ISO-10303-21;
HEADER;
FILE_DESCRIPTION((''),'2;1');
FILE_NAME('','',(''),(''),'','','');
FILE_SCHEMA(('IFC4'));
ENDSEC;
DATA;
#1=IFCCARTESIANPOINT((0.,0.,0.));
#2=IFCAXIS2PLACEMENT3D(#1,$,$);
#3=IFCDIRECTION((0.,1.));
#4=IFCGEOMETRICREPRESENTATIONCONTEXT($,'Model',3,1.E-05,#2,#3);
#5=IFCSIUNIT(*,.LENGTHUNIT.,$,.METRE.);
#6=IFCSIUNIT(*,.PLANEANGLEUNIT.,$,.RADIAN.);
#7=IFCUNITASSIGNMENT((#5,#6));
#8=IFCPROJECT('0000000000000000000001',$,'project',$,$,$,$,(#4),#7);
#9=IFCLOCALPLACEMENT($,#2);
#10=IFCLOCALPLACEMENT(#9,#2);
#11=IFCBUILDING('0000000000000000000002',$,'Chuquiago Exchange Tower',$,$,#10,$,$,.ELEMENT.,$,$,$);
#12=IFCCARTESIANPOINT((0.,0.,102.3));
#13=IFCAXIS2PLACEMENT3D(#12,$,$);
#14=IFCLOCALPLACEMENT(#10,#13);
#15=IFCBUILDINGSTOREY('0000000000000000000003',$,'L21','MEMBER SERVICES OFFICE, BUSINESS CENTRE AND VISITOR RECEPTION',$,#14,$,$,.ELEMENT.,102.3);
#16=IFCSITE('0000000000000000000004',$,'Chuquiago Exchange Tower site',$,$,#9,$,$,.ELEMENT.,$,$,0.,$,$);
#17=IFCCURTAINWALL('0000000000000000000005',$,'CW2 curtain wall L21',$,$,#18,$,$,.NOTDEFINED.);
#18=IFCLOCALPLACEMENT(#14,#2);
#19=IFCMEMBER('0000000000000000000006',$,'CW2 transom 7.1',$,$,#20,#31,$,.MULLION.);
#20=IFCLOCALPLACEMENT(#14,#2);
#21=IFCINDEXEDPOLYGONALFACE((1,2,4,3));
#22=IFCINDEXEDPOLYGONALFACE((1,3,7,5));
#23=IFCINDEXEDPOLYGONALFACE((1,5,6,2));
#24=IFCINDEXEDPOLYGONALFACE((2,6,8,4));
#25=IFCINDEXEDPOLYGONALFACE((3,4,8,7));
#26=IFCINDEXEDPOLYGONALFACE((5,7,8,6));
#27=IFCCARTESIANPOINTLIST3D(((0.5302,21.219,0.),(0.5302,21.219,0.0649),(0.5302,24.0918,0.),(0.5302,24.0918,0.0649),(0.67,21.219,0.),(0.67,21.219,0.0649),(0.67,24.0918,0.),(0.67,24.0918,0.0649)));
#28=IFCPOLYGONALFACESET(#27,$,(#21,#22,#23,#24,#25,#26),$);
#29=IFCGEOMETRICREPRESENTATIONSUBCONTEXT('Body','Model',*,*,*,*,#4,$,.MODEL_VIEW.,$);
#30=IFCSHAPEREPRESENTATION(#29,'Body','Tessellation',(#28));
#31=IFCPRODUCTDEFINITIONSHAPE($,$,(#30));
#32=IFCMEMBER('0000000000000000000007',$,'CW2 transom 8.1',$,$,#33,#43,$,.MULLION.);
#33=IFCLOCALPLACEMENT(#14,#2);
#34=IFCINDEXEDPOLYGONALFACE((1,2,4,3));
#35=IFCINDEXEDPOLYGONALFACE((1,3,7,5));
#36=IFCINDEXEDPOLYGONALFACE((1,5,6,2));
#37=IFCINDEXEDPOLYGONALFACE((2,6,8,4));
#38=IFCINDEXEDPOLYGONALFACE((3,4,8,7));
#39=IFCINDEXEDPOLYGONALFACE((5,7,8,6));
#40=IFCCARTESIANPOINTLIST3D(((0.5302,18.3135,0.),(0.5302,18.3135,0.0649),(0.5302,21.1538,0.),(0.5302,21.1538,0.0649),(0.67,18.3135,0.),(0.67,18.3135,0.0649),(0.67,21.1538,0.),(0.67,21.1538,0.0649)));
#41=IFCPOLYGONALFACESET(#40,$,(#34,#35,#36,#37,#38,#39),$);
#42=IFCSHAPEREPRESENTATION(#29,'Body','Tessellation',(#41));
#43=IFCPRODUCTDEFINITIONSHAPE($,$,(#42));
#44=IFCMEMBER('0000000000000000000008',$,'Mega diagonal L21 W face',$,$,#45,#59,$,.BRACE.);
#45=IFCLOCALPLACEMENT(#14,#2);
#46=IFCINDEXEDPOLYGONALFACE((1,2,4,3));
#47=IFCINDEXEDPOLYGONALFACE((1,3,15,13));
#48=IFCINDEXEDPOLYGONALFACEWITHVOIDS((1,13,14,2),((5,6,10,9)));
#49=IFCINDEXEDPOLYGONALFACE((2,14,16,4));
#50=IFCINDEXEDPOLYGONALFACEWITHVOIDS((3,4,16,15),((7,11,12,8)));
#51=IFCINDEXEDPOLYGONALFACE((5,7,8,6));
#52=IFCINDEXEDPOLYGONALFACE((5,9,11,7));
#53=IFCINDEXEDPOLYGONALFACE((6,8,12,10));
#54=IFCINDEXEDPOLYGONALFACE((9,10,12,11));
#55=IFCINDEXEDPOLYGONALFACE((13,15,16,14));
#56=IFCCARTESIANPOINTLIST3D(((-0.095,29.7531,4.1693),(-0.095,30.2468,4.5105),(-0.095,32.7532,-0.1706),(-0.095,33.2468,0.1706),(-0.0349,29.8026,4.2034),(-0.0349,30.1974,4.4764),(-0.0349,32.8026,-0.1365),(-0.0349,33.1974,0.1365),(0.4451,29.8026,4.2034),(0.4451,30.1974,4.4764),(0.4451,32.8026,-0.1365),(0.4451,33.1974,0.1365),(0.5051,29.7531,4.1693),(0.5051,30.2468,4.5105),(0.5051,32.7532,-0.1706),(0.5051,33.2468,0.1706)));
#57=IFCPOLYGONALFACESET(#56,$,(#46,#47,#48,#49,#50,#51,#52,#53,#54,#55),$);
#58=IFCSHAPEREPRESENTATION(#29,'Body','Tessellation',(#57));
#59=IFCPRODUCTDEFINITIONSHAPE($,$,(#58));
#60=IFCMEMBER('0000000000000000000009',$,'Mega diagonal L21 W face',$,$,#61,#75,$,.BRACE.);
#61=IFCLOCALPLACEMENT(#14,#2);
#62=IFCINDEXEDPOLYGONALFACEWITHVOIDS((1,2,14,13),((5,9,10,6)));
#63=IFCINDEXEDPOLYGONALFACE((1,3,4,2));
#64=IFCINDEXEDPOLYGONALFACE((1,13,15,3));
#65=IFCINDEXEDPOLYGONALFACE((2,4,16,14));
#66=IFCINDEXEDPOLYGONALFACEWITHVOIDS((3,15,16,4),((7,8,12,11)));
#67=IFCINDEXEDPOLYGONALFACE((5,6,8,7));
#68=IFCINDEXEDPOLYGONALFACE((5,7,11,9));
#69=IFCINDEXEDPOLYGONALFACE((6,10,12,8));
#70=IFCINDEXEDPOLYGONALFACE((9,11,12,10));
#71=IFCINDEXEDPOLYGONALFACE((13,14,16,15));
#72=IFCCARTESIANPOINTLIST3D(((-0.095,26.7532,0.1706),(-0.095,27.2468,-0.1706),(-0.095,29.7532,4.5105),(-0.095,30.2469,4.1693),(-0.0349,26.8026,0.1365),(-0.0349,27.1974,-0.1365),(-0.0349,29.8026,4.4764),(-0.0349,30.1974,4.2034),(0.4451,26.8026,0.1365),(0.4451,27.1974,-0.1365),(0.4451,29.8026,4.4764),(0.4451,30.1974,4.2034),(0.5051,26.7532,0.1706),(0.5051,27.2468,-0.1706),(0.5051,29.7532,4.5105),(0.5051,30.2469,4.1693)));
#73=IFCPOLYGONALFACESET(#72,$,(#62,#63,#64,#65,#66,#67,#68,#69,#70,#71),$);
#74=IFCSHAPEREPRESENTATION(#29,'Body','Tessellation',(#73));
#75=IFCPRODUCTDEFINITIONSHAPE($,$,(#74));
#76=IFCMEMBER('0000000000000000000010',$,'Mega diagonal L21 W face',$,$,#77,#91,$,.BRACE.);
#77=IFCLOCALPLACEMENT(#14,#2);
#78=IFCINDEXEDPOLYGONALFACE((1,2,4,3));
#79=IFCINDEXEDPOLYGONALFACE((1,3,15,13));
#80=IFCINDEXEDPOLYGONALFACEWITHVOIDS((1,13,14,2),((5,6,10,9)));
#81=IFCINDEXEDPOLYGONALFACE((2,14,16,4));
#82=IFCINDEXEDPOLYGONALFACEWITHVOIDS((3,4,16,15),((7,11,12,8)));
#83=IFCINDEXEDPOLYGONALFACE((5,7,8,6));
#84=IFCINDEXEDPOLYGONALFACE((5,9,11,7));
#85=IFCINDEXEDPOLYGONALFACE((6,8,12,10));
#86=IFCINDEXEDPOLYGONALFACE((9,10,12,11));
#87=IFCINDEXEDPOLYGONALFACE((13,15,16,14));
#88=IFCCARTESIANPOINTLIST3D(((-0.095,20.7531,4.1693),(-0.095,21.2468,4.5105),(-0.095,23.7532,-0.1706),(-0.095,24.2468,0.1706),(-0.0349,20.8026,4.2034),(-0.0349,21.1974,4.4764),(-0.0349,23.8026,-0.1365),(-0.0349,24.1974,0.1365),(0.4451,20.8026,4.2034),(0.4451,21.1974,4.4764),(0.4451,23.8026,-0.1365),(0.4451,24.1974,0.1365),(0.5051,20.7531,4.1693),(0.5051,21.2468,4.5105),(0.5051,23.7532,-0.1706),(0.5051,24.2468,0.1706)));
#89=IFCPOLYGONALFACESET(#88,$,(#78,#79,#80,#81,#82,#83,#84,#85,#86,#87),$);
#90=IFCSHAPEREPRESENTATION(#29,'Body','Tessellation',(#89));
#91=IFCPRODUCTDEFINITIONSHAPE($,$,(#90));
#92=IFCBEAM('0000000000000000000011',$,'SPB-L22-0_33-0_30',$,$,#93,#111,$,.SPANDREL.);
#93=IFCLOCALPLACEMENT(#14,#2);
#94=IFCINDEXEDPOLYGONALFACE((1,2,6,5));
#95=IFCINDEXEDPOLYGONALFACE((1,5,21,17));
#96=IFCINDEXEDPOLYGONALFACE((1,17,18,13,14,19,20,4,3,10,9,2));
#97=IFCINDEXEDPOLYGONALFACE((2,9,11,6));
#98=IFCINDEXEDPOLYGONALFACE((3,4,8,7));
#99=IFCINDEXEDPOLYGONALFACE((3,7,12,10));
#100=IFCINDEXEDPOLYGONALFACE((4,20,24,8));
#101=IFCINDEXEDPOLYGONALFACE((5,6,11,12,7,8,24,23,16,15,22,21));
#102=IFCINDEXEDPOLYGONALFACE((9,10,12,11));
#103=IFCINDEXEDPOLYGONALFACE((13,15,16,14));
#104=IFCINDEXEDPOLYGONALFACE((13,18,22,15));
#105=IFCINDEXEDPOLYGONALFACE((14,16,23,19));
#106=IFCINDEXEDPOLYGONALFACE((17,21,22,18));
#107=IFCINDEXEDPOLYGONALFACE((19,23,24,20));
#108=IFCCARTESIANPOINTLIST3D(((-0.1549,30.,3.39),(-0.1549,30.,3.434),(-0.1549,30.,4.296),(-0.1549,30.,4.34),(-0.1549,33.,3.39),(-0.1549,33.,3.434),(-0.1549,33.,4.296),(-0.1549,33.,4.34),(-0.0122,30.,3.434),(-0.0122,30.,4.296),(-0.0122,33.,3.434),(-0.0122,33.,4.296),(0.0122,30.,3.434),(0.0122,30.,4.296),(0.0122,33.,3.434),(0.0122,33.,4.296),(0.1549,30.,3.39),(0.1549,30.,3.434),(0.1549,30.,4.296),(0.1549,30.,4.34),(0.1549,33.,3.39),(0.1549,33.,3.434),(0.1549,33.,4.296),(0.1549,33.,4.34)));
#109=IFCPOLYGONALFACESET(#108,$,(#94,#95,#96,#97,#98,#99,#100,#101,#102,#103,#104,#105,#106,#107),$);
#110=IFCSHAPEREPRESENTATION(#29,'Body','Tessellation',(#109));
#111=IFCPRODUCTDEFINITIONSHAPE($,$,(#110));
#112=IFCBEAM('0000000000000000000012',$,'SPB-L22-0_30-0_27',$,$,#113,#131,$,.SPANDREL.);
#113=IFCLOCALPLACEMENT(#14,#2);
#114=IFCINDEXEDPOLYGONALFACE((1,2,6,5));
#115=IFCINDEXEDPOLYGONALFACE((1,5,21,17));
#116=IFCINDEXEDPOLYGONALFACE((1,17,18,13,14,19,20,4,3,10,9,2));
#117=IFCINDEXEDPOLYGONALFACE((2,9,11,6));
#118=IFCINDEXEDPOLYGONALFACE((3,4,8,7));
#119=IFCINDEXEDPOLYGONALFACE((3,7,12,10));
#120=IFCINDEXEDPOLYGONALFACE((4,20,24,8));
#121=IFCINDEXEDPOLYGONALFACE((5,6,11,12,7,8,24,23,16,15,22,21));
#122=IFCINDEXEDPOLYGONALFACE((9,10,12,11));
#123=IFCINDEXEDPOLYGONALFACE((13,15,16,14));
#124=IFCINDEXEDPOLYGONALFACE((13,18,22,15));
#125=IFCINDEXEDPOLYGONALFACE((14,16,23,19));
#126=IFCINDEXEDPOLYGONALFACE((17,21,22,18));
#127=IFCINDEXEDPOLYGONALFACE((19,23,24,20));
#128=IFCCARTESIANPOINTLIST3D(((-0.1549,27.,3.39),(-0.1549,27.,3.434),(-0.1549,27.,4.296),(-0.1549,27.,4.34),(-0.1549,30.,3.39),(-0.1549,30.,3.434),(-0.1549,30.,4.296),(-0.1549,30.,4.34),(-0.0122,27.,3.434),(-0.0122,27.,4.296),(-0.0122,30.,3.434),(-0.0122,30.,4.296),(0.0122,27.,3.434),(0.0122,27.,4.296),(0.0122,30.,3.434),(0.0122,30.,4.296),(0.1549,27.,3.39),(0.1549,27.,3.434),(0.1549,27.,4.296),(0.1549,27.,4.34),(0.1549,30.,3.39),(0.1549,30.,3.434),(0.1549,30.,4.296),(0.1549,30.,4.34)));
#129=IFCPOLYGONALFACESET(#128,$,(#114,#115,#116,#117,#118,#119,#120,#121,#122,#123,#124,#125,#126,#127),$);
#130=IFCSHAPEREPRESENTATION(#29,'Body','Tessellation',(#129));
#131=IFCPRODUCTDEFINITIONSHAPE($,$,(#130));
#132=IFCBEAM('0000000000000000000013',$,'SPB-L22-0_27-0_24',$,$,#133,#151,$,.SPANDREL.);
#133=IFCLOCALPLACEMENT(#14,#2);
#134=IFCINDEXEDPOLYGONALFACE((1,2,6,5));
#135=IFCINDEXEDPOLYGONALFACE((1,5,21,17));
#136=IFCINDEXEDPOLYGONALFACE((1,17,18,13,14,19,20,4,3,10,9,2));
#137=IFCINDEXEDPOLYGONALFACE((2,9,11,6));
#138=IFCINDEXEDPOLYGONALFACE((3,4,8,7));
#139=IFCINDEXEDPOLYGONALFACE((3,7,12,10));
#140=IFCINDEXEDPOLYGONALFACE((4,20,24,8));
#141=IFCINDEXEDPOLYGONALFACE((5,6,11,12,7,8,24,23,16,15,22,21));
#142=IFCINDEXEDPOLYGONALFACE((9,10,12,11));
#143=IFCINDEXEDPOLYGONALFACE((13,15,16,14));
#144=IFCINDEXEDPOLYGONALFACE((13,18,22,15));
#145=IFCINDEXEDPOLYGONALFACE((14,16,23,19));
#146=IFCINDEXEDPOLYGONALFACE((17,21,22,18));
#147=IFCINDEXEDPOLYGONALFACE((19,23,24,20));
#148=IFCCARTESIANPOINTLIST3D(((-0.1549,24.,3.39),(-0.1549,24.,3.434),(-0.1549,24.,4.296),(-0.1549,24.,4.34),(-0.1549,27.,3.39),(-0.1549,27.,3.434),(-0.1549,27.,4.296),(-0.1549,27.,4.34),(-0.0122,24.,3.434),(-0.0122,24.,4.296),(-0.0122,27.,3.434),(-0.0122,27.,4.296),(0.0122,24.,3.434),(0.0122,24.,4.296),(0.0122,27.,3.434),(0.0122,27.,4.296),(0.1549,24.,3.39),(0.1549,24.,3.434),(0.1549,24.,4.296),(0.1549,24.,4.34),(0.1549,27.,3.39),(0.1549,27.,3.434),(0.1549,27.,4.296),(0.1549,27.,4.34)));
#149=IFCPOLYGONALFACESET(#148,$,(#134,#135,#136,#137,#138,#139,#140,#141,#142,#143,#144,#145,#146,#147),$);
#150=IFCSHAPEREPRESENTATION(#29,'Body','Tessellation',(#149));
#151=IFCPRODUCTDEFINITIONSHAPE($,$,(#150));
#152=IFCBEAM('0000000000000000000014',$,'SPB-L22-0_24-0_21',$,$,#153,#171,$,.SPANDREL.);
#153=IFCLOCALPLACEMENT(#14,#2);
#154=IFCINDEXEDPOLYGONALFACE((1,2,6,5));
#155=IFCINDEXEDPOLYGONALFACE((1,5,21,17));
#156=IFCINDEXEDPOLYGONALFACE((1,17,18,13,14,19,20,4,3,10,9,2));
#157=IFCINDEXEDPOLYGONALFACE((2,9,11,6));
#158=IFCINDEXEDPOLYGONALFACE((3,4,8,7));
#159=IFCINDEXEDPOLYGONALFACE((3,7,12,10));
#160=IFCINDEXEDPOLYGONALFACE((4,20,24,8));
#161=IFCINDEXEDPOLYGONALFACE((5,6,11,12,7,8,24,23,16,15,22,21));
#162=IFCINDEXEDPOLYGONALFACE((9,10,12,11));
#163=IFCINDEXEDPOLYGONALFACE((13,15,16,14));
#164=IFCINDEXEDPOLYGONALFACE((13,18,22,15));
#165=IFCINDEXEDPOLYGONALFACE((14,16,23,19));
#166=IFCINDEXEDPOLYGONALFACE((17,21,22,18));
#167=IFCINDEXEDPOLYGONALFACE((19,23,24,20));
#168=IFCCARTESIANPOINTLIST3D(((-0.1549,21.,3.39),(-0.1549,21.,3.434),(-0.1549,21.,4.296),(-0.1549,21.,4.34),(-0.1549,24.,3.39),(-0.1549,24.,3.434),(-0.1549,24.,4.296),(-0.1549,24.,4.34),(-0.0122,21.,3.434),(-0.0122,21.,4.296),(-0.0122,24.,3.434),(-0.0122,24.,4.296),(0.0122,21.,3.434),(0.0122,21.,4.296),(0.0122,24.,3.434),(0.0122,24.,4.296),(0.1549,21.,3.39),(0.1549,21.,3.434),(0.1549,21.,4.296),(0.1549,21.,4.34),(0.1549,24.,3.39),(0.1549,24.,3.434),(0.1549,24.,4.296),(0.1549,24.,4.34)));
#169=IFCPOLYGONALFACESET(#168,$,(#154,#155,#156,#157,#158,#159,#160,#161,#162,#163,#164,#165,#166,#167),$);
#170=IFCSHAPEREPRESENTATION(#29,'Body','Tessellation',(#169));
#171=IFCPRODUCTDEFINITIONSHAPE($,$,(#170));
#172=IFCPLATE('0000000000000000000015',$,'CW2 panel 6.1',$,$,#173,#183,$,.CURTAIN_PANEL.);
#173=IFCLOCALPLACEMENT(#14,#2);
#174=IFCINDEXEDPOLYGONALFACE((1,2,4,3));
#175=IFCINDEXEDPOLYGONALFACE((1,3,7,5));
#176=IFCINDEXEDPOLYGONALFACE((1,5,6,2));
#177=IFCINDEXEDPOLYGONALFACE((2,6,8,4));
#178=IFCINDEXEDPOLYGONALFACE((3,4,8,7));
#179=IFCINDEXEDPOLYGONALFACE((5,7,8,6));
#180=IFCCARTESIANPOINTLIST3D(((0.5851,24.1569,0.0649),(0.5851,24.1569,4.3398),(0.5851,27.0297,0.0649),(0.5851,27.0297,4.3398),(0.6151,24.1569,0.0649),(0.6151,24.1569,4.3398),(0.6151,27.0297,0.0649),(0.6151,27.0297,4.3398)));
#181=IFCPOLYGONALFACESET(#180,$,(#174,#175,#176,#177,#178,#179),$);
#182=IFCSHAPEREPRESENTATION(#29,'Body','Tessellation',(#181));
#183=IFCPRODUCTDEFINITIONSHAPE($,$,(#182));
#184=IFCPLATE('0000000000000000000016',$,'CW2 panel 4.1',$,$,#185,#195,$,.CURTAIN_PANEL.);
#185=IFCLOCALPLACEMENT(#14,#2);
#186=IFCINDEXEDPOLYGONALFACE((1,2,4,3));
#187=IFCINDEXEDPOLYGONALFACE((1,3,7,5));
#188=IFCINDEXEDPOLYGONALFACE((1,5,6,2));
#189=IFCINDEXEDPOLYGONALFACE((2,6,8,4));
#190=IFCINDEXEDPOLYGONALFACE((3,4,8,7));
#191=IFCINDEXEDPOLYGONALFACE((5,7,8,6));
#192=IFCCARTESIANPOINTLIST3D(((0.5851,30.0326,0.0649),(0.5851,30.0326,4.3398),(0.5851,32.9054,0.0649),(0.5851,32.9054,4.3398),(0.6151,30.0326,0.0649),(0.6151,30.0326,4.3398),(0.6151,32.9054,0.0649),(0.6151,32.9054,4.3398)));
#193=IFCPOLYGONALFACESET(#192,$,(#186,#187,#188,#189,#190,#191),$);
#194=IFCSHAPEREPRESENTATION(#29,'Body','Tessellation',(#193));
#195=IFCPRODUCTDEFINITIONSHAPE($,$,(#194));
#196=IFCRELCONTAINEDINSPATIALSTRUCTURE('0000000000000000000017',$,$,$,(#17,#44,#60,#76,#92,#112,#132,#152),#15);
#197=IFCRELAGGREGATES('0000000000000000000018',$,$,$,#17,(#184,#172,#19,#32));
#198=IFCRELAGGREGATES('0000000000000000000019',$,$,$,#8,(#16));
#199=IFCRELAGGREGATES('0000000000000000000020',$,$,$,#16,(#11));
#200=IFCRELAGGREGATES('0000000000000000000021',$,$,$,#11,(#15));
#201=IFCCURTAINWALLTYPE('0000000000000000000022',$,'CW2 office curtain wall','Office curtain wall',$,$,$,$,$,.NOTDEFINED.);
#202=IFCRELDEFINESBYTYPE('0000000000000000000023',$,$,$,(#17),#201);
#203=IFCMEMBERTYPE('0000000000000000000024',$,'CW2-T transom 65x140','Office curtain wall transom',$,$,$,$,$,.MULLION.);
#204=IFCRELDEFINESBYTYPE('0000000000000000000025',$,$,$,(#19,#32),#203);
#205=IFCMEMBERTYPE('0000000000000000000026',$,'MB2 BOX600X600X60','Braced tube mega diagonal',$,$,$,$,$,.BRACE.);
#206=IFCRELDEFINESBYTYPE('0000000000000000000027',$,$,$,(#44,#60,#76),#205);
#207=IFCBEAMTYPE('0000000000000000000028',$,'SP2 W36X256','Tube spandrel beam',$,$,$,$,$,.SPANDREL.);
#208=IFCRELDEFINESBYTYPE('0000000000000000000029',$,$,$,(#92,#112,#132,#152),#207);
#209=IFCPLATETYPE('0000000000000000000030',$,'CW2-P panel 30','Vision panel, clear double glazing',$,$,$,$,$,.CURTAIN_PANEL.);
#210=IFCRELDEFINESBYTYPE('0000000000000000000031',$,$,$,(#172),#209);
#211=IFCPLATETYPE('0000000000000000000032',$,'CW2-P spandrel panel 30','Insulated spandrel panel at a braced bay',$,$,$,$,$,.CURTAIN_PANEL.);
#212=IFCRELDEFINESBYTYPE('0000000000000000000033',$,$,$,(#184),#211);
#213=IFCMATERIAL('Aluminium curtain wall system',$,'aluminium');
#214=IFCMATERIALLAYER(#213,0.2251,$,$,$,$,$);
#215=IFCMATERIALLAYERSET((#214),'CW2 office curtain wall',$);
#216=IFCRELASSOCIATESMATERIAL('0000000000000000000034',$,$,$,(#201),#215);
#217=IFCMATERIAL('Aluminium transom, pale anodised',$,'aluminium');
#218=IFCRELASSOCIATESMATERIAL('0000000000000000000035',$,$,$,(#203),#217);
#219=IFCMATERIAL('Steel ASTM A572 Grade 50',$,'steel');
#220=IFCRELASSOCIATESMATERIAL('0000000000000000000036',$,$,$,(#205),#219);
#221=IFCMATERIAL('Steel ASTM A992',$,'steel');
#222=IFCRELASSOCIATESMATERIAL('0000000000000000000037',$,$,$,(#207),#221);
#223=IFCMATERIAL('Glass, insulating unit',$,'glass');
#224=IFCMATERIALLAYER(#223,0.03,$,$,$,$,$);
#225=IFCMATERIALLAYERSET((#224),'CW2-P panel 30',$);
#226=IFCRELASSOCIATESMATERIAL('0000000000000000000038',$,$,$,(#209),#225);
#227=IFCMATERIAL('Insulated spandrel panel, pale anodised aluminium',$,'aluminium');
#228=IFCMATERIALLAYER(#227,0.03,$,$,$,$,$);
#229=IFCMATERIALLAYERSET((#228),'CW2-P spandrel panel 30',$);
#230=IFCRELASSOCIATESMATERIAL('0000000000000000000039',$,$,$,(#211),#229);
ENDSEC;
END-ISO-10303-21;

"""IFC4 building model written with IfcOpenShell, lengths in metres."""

from ifc_helpers import new_model, si_unit, direction, frame, origin, origin_2d, place, context, subcontext, project, spatial, rectangle, hollow_rectangle, i_section, extrude, material, layer, layer_set, material_profile, profile_set, type_object, element, aggregate, save


model = new_model("IFC4")

# Units and contexts
model_context = context("Model", 3, precision=1e-05, world=origin(), true_north=direction((0.0, 1.0)))
body_context = subcontext(model_context, "Body", "Model", "MODEL_VIEW")
ifc_project = project(units=[si_unit("LENGTHUNIT", "METRE"), si_unit("PLANEANGLEUNIT", "RADIAN")], contexts=[model_context])

# Site, building, storey
site_placement = place(None, origin())
site = spatial("IfcSite", under=ifc_project, at=site_placement, Name="Chuquiago Exchange Tower site", CompositionType="ELEMENT", RefElevation=0.0)
building_placement = place(site_placement, origin())
building = spatial("IfcBuilding", under=site, at=building_placement, Name="Chuquiago Exchange Tower", CompositionType="ELEMENT")
storey_placement = place(building_placement, frame((0.0, 0.0, 102.3)))
storey = spatial("IfcBuildingStorey", under=building, at=storey_placement, Name="L21", Description="MEMBER SERVICES OFFICE, BUSINESS CENTRE AND VISITOR RECEPTION", CompositionType="ELEMENT", Elevation=102.3)

# Curtain wall, members
ifc_material_1 = material(Name="Aluminium curtain wall system", Category="aluminium")
ifc_layer_1 = layer(ifc_material_1, 0.2251)
ifc_layer_set_1 = layer_set([ifc_layer_1], Name="CW2 office curtain wall")
curtain_wall_type = type_object("IfcCurtainWallType", Name="CW2 office curtain wall", Description="Office curtain wall", PredefinedType="NOTDEFINED", material=ifc_layer_set_1)
curtain_wall_placement = place(storey_placement, origin())
curtain_wall = element("IfcCurtainWall", 1, at=curtain_wall_placement, inside=storey, type_object=curtain_wall_type, Name="CW2 curtain wall L21", PredefinedType="NOTDEFINED")
ifc_material_2 = material(Name="Aluminium transom, pale anodised", Category="aluminium")
ifc_material_profile_1 = material_profile(ifc_material_2, rectangle(XDim=0.1399, YDim=0.0649, at=origin_2d()), Name="AL 140x65")
ifc_profile_set_1 = profile_set([ifc_material_profile_1], Name="Aluminium transom, pale anodised")
member_type_1 = type_object("IfcMemberType", Name="CW2-T transom 65x140", Description="Office curtain wall transom", PredefinedType="MULLION", material=ifc_profile_set_1)
member_1_placement = place(storey_placement, frame((0.6001, 24.0918, 0.0325), z_axis=(0.0, -1.0, 0.0), x_axis=(1.0, 0.0, 0.0)))
member_1 = element("IfcMember", 2, at=member_1_placement, type_object=member_type_1, Name="CW2 transom 7.1", PredefinedType="MULLION", context=body_context, shape_type="SweptSolid", body=[
    extrude(rectangle(XDim=0.1399, YDim=0.0649, at=origin_2d()), origin(), (0.0, 0.0, 1.0), 2.8728),
])
member_2_placement = place(storey_placement, frame((0.6001, 21.1538, 0.0325), z_axis=(0.0, -1.0, 0.0), x_axis=(1.0, 0.0, 0.0)))
member_2 = element("IfcMember", 3, at=member_2_placement, type_object=member_type_1, Name="CW2 transom 8.1", PredefinedType="MULLION", context=body_context, shape_type="SweptSolid", body=[
    extrude(rectangle(XDim=0.1399, YDim=0.0649, at=origin_2d()), origin(), (0.0, 0.0, 1.0), 2.8403),
])

# Members
ifc_material_3 = material(Name="Steel ASTM A572 Grade 50", Category="steel")
ifc_material_profile_2 = material_profile(ifc_material_3, hollow_rectangle(XDim=0.6001, YDim=0.6001, WallThickness=0.0601, at=origin_2d()), Name="BOX600X600X60")
ifc_profile_set_2 = profile_set([ifc_material_profile_2], Name="Steel ASTM A572 Grade 50")
member_type_2 = type_object("IfcMemberType", Name="MB2 BOX600X600X60", Description="Braced tube mega diagonal", PredefinedType="BRACE", material=ifc_profile_set_2)
for number, where, z_axis, x_axis, name in (
    (4, (0.2051, 33.0, 0.0), (0.0, -0.568632, 0.822592), (1.0, 0.0, 0.0), "Mega diagonal L21 W face"),
    (5, (0.2051, 27.0, 0.0), (0.0, 0.568632, 0.822592), (-1.0, 0.0, 0.0), "Mega diagonal L21 W face"),
    (6, (0.2051, 24.0, 0.0), (0.0, -0.568632, 0.822592), (1.0, 0.0, 0.0), "Mega diagonal L21 W face"),
):
    element("IfcMember", number, at=place(storey_placement, frame(where, z_axis=z_axis, x_axis=x_axis)), inside=storey, type_object=member_type_2, Name=name, PredefinedType="BRACE", context=body_context, shape_type="SweptSolid", body=[
        extrude(hollow_rectangle(XDim=0.6001, YDim=0.6001, WallThickness=0.0601, at=origin_2d()), origin(), (0.0, 0.0, 1.0), 5.2759),
    ])

# Beams
ifc_material_4 = material(Name="Steel ASTM A992", Category="steel")
ifc_material_profile_3 = material_profile(ifc_material_4, i_section(OverallWidth=0.3098, OverallDepth=0.95, WebThickness=0.0244, FlangeThickness=0.0439, at=origin_2d()), Name="W36X256")
ifc_profile_set_3 = profile_set([ifc_material_profile_3], Name="Steel ASTM A992")
beam_type = type_object("IfcBeamType", Name="SP2 W36X256", Description="Tube spandrel beam", PredefinedType="SPANDREL", material=ifc_profile_set_3)
for number, where, z_axis, x_axis, name in (
    (7, (0.0, 33.0, 3.865), (0.0, -1.0, 0.0), (1.0, 0.0, 0.0), "SPB-L22-0_33-0_30"),
    (8, (0.0, 30.0, 3.865), (0.0, -1.0, 0.0), (1.0, 0.0, 0.0), "SPB-L22-0_30-0_27"),
    (9, (0.0, 27.0, 3.865), (0.0, -1.0, 0.0), (1.0, 0.0, 0.0), "SPB-L22-0_27-0_24"),
    (10, (0.0, 24.0, 3.865), (0.0, -1.0, 0.0), (1.0, 0.0, 0.0), "SPB-L22-0_24-0_21"),
):
    element("IfcBeam", number, at=place(storey_placement, frame(where, z_axis=z_axis, x_axis=x_axis)), inside=storey, type_object=beam_type, Name=name, PredefinedType="SPANDREL", context=body_context, shape_type="SweptSolid", body=[
        extrude(i_section(OverallWidth=0.3098, OverallDepth=0.95, WebThickness=0.0244, FlangeThickness=0.0439, at=origin_2d()), origin(), (0.0, 0.0, 1.0), 3.0),
    ])

# Plates
ifc_material_5 = material(Name="Glass, insulating unit", Category="glass")
ifc_layer_2 = layer(ifc_material_5, 0.03)
ifc_layer_set_2 = layer_set([ifc_layer_2], Name="CW2-P panel 30")
plate_type_1 = type_object("IfcPlateType", Name="CW2-P panel 30", Description="Vision panel, clear double glazing", PredefinedType="CURTAIN_PANEL", material=ifc_layer_set_2)
plate_1_placement = place(storey_placement, frame((0.6001, 25.5933, 0.0649), z_axis=(0.0, 0.0, 1.0), x_axis=(0.0, -1.0, 0.0)))
plate_1 = element("IfcPlate", 11, at=plate_1_placement, type_object=plate_type_1, Name="CW2 panel 6.1", PredefinedType="CURTAIN_PANEL", context=body_context, shape_type="SweptSolid", body=[
    extrude(rectangle(XDim=2.8728, YDim=0.03, at=origin_2d()), origin(), (0.0, 0.0, 1.0), 4.2749),
])
ifc_material_6 = material(Name="Insulated spandrel panel, pale anodised aluminium", Category="aluminium")
ifc_layer_3 = layer(ifc_material_6, 0.03)
ifc_layer_set_3 = layer_set([ifc_layer_3], Name="CW2-P spandrel panel 30")
plate_type_2 = type_object("IfcPlateType", Name="CW2-P spandrel panel 30", Description="Insulated spandrel panel at a braced bay", PredefinedType="CURTAIN_PANEL", material=ifc_layer_set_3)
plate_2_placement = place(storey_placement, frame((0.6001, 31.469, 0.0649), z_axis=(0.0, 0.0, 1.0), x_axis=(0.0, -1.0, 0.0)))
plate_2 = element("IfcPlate", 12, at=plate_2_placement, type_object=plate_type_2, Name="CW2 panel 4.1", PredefinedType="CURTAIN_PANEL", context=body_context, shape_type="SweptSolid", body=[
    extrude(rectangle(XDim=2.8728, YDim=0.03, at=origin_2d()), origin(), (0.0, 0.0, 1.0), 4.2749),
])
aggregate(curtain_wall, [plate_2, plate_1, member_1, member_2])

save(model, "model.ifc")
